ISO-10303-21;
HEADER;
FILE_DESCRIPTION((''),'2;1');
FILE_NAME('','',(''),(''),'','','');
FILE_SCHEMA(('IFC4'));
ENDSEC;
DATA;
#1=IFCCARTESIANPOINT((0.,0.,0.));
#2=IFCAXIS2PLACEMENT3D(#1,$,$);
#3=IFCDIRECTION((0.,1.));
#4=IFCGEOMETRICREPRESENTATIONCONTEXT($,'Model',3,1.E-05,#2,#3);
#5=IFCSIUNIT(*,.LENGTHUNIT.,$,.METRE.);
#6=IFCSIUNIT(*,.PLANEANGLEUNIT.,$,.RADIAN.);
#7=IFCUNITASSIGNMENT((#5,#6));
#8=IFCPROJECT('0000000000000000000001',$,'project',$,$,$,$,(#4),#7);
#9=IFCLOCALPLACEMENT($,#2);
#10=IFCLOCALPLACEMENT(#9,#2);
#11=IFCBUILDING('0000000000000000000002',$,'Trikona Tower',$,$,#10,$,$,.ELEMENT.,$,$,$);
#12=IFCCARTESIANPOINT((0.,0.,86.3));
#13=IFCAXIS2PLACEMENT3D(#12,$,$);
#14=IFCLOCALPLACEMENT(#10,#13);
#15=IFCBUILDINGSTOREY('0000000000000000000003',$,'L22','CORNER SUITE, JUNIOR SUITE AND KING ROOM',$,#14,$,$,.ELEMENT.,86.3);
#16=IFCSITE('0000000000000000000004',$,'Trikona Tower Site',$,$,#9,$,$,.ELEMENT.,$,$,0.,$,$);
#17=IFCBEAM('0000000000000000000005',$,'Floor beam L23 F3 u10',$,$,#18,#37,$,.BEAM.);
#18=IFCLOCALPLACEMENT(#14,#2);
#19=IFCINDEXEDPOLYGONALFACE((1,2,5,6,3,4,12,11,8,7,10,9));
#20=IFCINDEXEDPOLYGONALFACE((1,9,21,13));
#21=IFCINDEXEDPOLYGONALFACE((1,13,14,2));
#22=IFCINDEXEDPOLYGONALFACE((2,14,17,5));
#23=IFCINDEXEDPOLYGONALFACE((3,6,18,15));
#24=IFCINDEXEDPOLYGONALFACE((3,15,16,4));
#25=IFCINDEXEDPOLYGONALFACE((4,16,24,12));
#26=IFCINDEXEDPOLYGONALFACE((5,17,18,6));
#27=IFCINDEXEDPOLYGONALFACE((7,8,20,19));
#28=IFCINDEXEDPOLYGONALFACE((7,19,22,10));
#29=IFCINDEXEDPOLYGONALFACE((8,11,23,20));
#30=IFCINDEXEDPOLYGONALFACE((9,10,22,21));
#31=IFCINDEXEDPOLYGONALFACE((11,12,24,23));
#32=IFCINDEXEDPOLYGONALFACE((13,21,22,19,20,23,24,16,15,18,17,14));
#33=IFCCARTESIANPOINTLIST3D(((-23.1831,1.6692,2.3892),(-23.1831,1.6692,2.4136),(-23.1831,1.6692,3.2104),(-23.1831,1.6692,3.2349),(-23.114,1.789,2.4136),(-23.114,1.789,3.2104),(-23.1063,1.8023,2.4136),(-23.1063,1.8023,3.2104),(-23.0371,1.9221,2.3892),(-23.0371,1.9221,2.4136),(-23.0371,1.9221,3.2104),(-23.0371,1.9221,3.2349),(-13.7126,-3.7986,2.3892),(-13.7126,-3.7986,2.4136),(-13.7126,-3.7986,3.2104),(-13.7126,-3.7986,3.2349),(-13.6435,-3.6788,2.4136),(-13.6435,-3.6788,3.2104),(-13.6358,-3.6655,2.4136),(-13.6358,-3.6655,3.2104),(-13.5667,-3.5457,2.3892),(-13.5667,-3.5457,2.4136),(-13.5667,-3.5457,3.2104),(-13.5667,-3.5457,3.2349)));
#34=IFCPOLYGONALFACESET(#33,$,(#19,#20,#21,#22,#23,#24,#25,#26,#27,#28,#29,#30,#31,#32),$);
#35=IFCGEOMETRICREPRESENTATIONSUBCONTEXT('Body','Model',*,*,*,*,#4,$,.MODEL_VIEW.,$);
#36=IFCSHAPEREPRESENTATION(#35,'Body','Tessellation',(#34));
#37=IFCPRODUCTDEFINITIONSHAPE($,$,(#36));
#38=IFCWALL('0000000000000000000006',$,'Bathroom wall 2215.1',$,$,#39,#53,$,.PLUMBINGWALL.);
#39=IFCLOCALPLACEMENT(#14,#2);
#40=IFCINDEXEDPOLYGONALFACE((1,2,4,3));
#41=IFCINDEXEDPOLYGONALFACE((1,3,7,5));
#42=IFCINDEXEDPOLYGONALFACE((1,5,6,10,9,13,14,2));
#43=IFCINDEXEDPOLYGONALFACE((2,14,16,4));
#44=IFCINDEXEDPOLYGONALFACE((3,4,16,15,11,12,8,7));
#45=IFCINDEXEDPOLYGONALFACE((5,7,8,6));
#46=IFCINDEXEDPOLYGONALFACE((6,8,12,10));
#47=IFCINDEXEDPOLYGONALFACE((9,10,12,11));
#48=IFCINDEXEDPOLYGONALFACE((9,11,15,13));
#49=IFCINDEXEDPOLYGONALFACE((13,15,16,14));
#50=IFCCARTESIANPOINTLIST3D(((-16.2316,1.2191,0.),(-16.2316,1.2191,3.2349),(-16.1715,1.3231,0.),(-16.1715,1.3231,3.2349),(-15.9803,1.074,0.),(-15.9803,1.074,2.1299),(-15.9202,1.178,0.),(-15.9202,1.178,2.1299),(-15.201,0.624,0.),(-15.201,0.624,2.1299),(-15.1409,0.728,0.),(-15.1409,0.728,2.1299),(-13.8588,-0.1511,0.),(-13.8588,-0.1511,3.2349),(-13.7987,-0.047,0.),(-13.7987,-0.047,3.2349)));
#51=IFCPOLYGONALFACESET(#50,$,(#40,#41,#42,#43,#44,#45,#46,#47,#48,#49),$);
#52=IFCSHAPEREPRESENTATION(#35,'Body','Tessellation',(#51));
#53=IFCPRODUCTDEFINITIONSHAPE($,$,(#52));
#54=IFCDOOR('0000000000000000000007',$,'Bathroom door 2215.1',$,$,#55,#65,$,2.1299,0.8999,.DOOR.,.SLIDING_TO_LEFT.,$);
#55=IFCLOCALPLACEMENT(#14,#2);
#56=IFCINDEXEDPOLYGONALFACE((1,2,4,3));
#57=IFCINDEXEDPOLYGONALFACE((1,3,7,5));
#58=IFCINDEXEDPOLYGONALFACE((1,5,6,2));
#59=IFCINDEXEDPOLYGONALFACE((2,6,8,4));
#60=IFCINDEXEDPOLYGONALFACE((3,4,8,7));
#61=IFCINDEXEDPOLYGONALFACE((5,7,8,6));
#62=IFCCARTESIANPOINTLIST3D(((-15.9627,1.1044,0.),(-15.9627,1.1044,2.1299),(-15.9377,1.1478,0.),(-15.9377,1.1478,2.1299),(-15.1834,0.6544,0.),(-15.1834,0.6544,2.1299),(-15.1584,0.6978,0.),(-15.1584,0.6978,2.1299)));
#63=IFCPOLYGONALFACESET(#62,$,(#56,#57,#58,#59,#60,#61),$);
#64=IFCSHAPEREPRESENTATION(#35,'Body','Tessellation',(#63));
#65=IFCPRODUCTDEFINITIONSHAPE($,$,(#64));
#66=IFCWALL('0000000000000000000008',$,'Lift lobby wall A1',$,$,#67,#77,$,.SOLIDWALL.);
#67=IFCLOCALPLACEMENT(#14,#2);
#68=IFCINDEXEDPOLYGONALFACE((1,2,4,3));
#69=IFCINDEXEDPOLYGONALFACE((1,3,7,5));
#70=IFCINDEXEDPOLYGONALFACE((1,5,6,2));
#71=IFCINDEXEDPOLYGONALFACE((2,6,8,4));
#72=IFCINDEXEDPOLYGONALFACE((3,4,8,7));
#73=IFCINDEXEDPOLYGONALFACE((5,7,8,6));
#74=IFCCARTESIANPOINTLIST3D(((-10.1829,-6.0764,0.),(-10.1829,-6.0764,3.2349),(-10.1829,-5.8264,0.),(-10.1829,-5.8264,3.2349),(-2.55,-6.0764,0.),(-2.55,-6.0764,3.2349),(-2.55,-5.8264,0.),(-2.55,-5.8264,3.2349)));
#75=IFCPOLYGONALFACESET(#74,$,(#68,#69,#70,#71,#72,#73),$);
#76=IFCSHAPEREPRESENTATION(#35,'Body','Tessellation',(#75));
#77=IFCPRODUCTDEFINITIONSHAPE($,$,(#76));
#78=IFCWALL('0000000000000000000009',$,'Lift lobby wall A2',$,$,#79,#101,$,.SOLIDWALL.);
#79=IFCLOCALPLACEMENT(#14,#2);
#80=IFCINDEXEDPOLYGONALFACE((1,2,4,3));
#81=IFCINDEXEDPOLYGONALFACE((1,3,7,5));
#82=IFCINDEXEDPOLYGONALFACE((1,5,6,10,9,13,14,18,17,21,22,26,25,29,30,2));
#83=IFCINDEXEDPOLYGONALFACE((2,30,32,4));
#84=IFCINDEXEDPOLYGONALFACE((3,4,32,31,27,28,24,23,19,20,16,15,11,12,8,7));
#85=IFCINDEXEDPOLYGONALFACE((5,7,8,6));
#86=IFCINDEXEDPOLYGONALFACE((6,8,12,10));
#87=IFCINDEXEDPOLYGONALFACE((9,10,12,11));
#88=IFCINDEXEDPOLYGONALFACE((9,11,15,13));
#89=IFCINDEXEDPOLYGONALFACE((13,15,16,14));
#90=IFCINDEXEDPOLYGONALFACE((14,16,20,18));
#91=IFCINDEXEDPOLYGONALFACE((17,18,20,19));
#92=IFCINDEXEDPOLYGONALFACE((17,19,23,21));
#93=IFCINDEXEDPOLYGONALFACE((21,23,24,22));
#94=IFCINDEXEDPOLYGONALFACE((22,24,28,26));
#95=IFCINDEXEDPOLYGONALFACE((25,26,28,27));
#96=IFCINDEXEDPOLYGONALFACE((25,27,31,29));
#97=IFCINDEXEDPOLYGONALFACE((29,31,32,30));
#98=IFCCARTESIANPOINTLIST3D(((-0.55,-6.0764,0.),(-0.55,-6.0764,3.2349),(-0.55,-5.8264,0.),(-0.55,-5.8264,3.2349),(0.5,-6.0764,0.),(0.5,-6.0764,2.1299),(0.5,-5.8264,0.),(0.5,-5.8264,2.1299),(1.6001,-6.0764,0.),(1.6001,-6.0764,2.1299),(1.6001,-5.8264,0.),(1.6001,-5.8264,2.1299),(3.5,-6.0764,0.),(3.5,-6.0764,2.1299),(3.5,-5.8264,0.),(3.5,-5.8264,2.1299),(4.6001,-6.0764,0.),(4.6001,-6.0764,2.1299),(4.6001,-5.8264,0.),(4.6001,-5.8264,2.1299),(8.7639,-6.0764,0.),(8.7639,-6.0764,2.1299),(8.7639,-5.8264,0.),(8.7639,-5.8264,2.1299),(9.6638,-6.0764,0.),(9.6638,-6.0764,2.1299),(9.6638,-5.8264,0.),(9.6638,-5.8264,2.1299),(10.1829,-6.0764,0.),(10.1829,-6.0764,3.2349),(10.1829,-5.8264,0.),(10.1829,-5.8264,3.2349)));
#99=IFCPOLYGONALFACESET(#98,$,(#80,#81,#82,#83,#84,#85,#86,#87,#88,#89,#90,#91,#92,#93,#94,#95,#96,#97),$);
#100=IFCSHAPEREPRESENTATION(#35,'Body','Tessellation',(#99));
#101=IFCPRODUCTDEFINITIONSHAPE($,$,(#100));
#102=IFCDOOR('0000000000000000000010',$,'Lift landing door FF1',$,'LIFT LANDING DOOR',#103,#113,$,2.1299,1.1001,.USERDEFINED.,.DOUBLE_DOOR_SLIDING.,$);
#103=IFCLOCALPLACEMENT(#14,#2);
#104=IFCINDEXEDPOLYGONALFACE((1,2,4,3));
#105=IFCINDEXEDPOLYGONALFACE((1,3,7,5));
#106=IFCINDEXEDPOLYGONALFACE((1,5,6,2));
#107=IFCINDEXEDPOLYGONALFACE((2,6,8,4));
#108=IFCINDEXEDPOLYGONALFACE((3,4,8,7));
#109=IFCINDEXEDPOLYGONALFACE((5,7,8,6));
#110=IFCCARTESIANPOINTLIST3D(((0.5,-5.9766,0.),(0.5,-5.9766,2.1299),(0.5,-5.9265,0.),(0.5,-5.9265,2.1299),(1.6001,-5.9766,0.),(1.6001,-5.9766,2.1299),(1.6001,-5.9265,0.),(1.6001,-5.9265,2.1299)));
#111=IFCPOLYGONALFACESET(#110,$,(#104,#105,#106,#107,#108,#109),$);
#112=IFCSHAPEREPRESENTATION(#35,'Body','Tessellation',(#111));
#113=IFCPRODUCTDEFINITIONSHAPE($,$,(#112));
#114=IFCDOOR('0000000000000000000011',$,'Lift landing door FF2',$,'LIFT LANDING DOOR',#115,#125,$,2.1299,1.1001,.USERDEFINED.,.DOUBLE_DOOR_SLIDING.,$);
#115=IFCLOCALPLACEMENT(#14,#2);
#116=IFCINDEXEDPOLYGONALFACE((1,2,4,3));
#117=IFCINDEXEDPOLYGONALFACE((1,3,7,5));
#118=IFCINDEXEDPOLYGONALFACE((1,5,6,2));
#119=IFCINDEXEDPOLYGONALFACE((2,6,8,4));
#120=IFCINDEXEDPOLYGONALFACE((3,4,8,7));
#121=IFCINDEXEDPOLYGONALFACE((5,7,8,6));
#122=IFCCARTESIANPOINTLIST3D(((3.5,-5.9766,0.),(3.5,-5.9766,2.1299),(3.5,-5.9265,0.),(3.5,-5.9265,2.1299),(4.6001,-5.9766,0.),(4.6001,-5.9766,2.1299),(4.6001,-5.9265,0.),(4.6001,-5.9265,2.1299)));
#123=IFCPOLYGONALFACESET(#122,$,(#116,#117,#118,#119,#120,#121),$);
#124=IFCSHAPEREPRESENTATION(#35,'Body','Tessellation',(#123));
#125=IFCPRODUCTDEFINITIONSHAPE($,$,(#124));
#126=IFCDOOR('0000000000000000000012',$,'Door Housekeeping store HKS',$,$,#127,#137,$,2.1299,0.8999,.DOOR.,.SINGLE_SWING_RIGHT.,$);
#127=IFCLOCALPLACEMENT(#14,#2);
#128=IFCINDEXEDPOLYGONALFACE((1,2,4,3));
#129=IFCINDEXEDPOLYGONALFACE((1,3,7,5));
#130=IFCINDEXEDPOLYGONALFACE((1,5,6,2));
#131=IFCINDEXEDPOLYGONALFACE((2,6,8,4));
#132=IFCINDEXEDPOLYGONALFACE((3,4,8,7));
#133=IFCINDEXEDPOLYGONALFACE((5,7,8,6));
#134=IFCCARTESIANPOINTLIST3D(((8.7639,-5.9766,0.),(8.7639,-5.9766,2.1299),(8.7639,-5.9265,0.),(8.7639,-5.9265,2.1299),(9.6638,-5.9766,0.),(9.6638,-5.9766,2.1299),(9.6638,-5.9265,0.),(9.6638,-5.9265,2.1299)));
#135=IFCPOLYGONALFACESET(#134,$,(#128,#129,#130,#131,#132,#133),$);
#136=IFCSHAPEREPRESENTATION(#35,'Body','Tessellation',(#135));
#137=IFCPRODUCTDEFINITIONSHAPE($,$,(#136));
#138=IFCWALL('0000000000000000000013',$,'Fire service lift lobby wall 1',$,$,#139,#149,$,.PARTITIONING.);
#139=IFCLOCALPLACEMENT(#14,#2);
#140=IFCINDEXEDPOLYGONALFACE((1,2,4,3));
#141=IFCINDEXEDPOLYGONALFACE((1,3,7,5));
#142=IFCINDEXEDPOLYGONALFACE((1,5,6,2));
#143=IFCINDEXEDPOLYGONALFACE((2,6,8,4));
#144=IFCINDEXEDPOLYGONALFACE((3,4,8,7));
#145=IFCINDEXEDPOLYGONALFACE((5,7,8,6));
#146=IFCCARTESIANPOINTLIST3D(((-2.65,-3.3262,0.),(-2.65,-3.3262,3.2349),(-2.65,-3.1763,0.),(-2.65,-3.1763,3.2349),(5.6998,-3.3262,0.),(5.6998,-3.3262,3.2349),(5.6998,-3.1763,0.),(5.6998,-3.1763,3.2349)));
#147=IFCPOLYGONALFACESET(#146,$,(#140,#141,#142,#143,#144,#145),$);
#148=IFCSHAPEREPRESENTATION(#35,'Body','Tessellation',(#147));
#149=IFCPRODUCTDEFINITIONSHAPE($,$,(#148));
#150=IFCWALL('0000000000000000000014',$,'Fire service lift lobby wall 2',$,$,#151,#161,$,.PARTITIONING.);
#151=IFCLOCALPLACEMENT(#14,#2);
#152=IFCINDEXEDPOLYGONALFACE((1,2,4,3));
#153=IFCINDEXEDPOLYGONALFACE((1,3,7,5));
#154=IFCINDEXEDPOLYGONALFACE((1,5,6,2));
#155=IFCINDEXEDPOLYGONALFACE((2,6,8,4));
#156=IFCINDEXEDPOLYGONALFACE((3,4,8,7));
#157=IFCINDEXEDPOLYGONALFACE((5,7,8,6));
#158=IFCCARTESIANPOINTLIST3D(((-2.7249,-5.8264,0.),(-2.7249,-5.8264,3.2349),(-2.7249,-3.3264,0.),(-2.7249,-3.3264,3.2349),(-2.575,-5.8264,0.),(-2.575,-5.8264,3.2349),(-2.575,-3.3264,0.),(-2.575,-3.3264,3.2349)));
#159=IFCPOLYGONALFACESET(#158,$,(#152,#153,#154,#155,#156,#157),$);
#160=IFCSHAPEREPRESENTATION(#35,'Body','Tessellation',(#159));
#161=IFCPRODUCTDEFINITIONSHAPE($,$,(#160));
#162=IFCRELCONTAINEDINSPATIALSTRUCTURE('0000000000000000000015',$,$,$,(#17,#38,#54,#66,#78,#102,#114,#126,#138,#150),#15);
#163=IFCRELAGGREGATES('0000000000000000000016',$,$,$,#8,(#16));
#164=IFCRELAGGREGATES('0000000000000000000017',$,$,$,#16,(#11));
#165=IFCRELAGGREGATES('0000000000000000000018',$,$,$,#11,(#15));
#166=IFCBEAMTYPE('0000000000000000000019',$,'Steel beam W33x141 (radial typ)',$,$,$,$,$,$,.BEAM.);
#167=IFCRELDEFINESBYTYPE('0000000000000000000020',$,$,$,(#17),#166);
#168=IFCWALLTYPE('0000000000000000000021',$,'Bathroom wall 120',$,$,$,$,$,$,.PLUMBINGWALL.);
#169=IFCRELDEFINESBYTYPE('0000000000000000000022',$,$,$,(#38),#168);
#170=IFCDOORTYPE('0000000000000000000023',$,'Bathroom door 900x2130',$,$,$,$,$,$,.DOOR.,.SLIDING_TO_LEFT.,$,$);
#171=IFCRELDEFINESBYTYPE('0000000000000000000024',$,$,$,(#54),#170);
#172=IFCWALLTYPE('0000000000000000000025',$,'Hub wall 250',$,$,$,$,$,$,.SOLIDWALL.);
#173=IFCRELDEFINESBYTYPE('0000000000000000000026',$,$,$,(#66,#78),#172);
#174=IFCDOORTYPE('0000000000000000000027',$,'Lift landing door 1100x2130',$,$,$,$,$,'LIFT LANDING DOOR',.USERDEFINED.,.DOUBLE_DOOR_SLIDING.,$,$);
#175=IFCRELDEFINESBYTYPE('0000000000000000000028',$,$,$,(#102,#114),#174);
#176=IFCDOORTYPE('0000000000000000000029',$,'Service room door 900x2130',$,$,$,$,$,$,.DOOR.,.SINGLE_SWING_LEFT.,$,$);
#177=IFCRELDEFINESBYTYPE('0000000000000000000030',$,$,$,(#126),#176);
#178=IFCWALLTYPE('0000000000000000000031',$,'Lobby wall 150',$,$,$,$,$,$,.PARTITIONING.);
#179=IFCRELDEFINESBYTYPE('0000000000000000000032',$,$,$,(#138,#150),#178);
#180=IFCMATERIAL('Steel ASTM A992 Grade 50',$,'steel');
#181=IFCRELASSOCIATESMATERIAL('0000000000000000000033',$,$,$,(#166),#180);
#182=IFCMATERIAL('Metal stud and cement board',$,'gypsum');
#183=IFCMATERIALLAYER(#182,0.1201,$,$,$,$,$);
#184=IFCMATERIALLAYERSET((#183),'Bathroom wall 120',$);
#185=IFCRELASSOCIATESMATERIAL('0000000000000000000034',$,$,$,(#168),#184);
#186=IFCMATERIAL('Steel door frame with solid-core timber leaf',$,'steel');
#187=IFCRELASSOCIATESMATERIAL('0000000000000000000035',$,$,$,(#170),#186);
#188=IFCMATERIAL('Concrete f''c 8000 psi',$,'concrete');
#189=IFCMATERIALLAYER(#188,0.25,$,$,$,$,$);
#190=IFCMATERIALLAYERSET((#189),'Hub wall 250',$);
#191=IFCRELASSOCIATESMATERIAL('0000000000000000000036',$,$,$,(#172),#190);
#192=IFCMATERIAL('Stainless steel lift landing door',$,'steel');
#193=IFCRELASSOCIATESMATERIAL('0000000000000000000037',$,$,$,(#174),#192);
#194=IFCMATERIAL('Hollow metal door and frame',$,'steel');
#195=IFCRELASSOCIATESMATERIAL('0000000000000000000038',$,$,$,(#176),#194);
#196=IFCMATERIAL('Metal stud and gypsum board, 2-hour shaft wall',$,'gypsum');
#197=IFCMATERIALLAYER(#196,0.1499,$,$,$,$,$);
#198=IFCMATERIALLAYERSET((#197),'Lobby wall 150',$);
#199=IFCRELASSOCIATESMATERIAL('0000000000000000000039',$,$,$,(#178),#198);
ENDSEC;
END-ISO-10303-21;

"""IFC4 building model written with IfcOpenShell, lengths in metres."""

from ifc_helpers import new_model, si_unit, direction, frame, frame_2d, origin, origin_2d, place, context, subcontext, project, spatial, rectangle, i_section, extrude, material, layer, layer_set, material_profile, profile_set, type_object, element, fill, save


model = new_model("IFC4")

# Units and contexts
model_context = context("Model", 3, precision=1e-05, world=origin(), true_north=direction((0.0, 1.0)))
body_context = subcontext(model_context, "Body", "Model", "MODEL_VIEW")
ifc_project = project(units=[si_unit("LENGTHUNIT", "METRE"), si_unit("PLANEANGLEUNIT", "RADIAN")], contexts=[model_context])

# Site, building, storey
site_placement = place(None, origin())
site = spatial("IfcSite", under=ifc_project, at=site_placement, Name="Trikona Tower Site", CompositionType="ELEMENT", RefElevation=0.0)
building_placement = place(site_placement, origin())
building = spatial("IfcBuilding", under=site, at=building_placement, Name="Trikona Tower", CompositionType="ELEMENT")
storey_placement = place(building_placement, frame((0.0, 0.0, 86.3)))
storey = spatial("IfcBuildingStorey", under=building, at=storey_placement, Name="L22", Description="CORNER SUITE, JUNIOR SUITE AND KING ROOM", CompositionType="ELEMENT", Elevation=86.3)

# Beam
ifc_material_1 = material(Name="Steel ASTM A992 Grade 50", Category="steel")
ifc_material_profile = material_profile(ifc_material_1, i_section(OverallWidth=0.292, OverallDepth=0.8457, WebThickness=0.0154, FlangeThickness=0.0244, at=origin_2d()), Name="W33X141")
ifc_profile_set = profile_set([ifc_material_profile], Name="Steel ASTM A992 Grade 50")
beam_type = type_object("IfcBeamType", Name="Steel beam W33x141 (radial typ)", PredefinedType="BEAM", material=ifc_profile_set)
beam_placement = place(storey_placement, frame((-13.6396, -3.6721, 2.812), z_axis=(-0.866025, 0.5, 0.0), x_axis=(-0.5, -0.866025, 0.0)))
element("IfcBeam", 1, at=beam_placement, inside=storey, type_object=beam_type, Name="Floor beam L23 F3 u10", PredefinedType="BEAM", context=body_context, shape_type="SweptSolid", body=[
    extrude(i_section(OverallWidth=0.292, OverallDepth=0.8457, WebThickness=0.0154, FlangeThickness=0.0244, at=origin_2d()), origin(), (0.0, 0.0, 1.0), 10.9355),
])

# Wall, opening, door
ifc_material_2 = material(Name="Metal stud and cement board", Category="gypsum")
ifc_layer_1 = layer(ifc_material_2, 0.1201)
ifc_layer_set_1 = layer_set([ifc_layer_1], Name="Bathroom wall 120")
wall_type_1 = type_object("IfcWallType", Name="Bathroom wall 120", PredefinedType="PLUMBINGWALL", material=ifc_layer_set_1)
wall_1_placement = place(storey_placement, frame((-13.8286, -0.0991, 0.0), z_axis=(0.0, 0.0, 1.0), x_axis=(-0.865997, 0.500049, 0.0)))
wall_1 = element("IfcWall", 2, at=wall_1_placement, inside=storey, type_object=wall_type_1, Name="Bathroom wall 2215.1", PredefinedType="PLUMBINGWALL", context=body_context, shape_type="SweptSolid", body=[
    extrude(rectangle(XDim=2.74, YDim=0.1201, at=frame_2d((1.3701, 0.0))), origin(), (0.0, 0.0, 1.0), 3.2349),
])
opening_1_placement = place(wall_1_placement, frame((1.55, 0.0, 0.0)))
opening_1 = element("IfcOpeningElement", 3, at=opening_1_placement, cuts=wall_1, PredefinedType="OPENING", context=body_context, shape_type="SweptSolid", body=[
    extrude(rectangle(XDim=0.8999, YDim=2.1299, at=frame_2d((0.45, 1.0649))), frame((0.0, 0.0701, 0.0), z_axis=(0.0, -1.0, 0.0), x_axis=(1.0, 0.0, 0.0)), (0.0, 0.0, 1.0), 0.1401),
])
ifc_material_3 = material(Name="Steel door frame with solid-core timber leaf", Category="steel")
door_type_1 = type_object("IfcDoorType", Name="Bathroom door 900x2130", OperationType="SLIDING_TO_LEFT", PredefinedType="DOOR", material=ifc_material_3)
door_1_placement = place(opening_1_placement, origin())
door_1 = element("IfcDoor", 4, at=door_1_placement, inside=storey, type_object=door_type_1, Name="Bathroom door 2215.1", OperationType="SLIDING_TO_LEFT", OverallHeight=2.1299, OverallWidth=0.8999, PredefinedType="DOOR", context=body_context, shape_type="SweptSolid", body=[
    extrude(rectangle(XDim=0.8999, YDim=2.1299, at=frame_2d((0.45, 1.0649))), frame((0.0, 0.0249, 0.0), z_axis=(0.0, -1.0, 0.0), x_axis=(1.0, 0.0, 0.0)), (0.0, 0.0, 1.0), 0.05),
])
fill(opening_1, door_1)

# Wall
ifc_material_4 = material(Name="Concrete f'c 8000 psi", Category="concrete")
ifc_layer_2 = layer(ifc_material_4, 0.25)
ifc_layer_set_2 = layer_set([ifc_layer_2], Name="Hub wall 250")
wall_type_2 = type_object("IfcWallType", Name="Hub wall 250", PredefinedType="SOLIDWALL", material=ifc_layer_set_2)
wall_2_placement = place(storey_placement, frame((-10.1829, -5.9514, 0.0), z_axis=(0.0, 0.0, 1.0), x_axis=(1.0, 0.0, 0.0)))
element("IfcWall", 5, at=wall_2_placement, inside=storey, type_object=wall_type_2, Name="Lift lobby wall A1", PredefinedType="SOLIDWALL", context=body_context, shape_type="SweptSolid", body=[
    extrude(rectangle(XDim=7.6328, YDim=0.25, at=frame_2d((3.8164, 0.0))), origin(), (0.0, 0.0, 1.0), 3.2349),
])

# Wall, openings, doors
wall_3_placement = place(storey_placement, frame((-0.55, -5.9514, 0.0), z_axis=(0.0, 0.0, 1.0), x_axis=(1.0, 0.0, 0.0)))
wall_3 = element("IfcWall", 6, at=wall_3_placement, inside=storey, type_object=wall_type_2, Name="Lift lobby wall A2", PredefinedType="SOLIDWALL", context=body_context, shape_type="SweptSolid", body=[
    extrude(rectangle(XDim=10.7329, YDim=0.25, at=frame_2d((5.3665, 0.0))), origin(), (0.0, 0.0, 1.0), 3.2349),
])
opening_2_placement = place(wall_3_placement, frame((9.314, 0.0, 0.0)))
opening_2 = element("IfcOpeningElement", 7, at=opening_2_placement, cuts=wall_3, PredefinedType="OPENING", context=body_context, shape_type="SweptSolid", body=[
    extrude(rectangle(XDim=0.8999, YDim=2.1299, at=frame_2d((0.45, 1.0649))), frame((0.0, 0.135, 0.0), z_axis=(0.0, -1.0, 0.0), x_axis=(1.0, 0.0, 0.0)), (0.0, 0.0, 1.0), 0.27),
])
opening_3_placement = place(wall_3_placement, frame((1.05, 0.0, 0.0)))
opening_3 = element("IfcOpeningElement", 8, at=opening_3_placement, cuts=wall_3, PredefinedType="OPENING", context=body_context, shape_type="SweptSolid", body=[
    extrude(rectangle(XDim=1.1001, YDim=2.1299, at=frame_2d((0.55, 1.0649))), frame((0.0, 0.135, 0.0), z_axis=(0.0, -1.0, 0.0), x_axis=(1.0, 0.0, 0.0)), (0.0, 0.0, 1.0), 0.27),
])
opening_4_placement = place(wall_3_placement, frame((4.05, 0.0, 0.0)))
opening_4 = element("IfcOpeningElement", 9, at=opening_4_placement, cuts=wall_3, PredefinedType="OPENING", context=body_context, shape_type="SweptSolid", body=[
    extrude(rectangle(XDim=1.1001, YDim=2.1299, at=frame_2d((0.55, 1.0649))), frame((0.0, 0.135, 0.0), z_axis=(0.0, -1.0, 0.0), x_axis=(1.0, 0.0, 0.0)), (0.0, 0.0, 1.0), 0.27),
])
ifc_material_5 = material(Name="Stainless steel lift landing door", Category="steel")
door_type_2 = type_object("IfcDoorType", Name="Lift landing door 1100x2130", ElementType="LIFT LANDING DOOR", OperationType="DOUBLE_DOOR_SLIDING", PredefinedType="USERDEFINED", material=ifc_material_5)
door_2_placement = place(opening_3_placement, origin())
door_2 = element("IfcDoor", 10, at=door_2_placement, inside=storey, type_object=door_type_2, Name="Lift landing door FF1", ObjectType="LIFT LANDING DOOR", OperationType="DOUBLE_DOOR_SLIDING", OverallHeight=2.1299, OverallWidth=1.1001, PredefinedType="USERDEFINED", context=body_context, shape_type="SweptSolid", body=[
    extrude(rectangle(XDim=1.1001, YDim=2.1299, at=frame_2d((0.55, 1.0649))), frame((0.0, 0.0249, 0.0), z_axis=(0.0, -1.0, 0.0), x_axis=(1.0, 0.0, 0.0)), (0.0, 0.0, 1.0), 0.05),
])
fill(opening_3, door_2)
door_3_placement = place(opening_4_placement, origin())
door_3 = element("IfcDoor", 11, at=door_3_placement, inside=storey, type_object=door_type_2, Name="Lift landing door FF2", ObjectType="LIFT LANDING DOOR", OperationType="DOUBLE_DOOR_SLIDING", OverallHeight=2.1299, OverallWidth=1.1001, PredefinedType="USERDEFINED", context=body_context, shape_type="SweptSolid", body=[
    extrude(rectangle(XDim=1.1001, YDim=2.1299, at=frame_2d((0.55, 1.0649))), frame((0.0, 0.0249, 0.0), z_axis=(0.0, -1.0, 0.0), x_axis=(1.0, 0.0, 0.0)), (0.0, 0.0, 1.0), 0.05),
])
fill(opening_4, door_3)
ifc_material_6 = material(Name="Hollow metal door and frame", Category="steel")
door_type_3 = type_object("IfcDoorType", Name="Service room door 900x2130", OperationType="SINGLE_SWING_LEFT", PredefinedType="DOOR", material=ifc_material_6)
door_4_placement = place(opening_2_placement, origin())
door_4 = element("IfcDoor", 12, at=door_4_placement, inside=storey, type_object=door_type_3, Name="Door Housekeeping store HKS", OperationType="SINGLE_SWING_RIGHT", OverallHeight=2.1299, OverallWidth=0.8999, PredefinedType="DOOR", context=body_context, shape_type="SweptSolid", body=[
    extrude(rectangle(XDim=0.8999, YDim=2.1299, at=frame_2d((0.45, 1.0649))), frame((0.0, 0.0249, 0.0), z_axis=(0.0, -1.0, 0.0), x_axis=(1.0, 0.0, 0.0)), (0.0, 0.0, 1.0), 0.05),
])
fill(opening_2, door_4)

# Walls
ifc_material_7 = material(Name="Metal stud and gypsum board, 2-hour shaft wall", Category="gypsum")
ifc_layer_3 = layer(ifc_material_7, 0.1499)
ifc_layer_set_3 = layer_set([ifc_layer_3], Name="Lobby wall 150")
wall_type_3 = type_object("IfcWallType", Name="Lobby wall 150", PredefinedType="PARTITIONING", material=ifc_layer_set_3)
wall_4_placement = place(storey_placement, frame((-2.6499, -3.2512, 0.0), z_axis=(0.0, 0.0, 1.0), x_axis=(1.0, 0.0, 0.0)))
element("IfcWall", 13, at=wall_4_placement, inside=storey, type_object=wall_type_3, Name="Fire service lift lobby wall 1", PredefinedType="PARTITIONING", context=body_context, shape_type="SweptSolid", body=[
    extrude(rectangle(XDim=8.3499, YDim=0.1499, at=frame_2d((4.1748, 0.0))), origin(), (0.0, 0.0, 1.0), 3.2349),
])
wall_5_placement = place(storey_placement, frame((-2.6499, -5.8264, 0.0), z_axis=(0.0, 0.0, 1.0), x_axis=(0.0, 1.0, 0.0)))
element("IfcWall", 14, at=wall_5_placement, inside=storey, type_object=wall_type_3, Name="Fire service lift lobby wall 2", PredefinedType="PARTITIONING", context=body_context, shape_type="SweptSolid", body=[
    extrude(rectangle(XDim=2.5, YDim=0.1499, at=frame_2d((1.25, 0.0))), origin(), (0.0, 0.0, 1.0), 3.2349),
])

save(model, "model.ifc")
